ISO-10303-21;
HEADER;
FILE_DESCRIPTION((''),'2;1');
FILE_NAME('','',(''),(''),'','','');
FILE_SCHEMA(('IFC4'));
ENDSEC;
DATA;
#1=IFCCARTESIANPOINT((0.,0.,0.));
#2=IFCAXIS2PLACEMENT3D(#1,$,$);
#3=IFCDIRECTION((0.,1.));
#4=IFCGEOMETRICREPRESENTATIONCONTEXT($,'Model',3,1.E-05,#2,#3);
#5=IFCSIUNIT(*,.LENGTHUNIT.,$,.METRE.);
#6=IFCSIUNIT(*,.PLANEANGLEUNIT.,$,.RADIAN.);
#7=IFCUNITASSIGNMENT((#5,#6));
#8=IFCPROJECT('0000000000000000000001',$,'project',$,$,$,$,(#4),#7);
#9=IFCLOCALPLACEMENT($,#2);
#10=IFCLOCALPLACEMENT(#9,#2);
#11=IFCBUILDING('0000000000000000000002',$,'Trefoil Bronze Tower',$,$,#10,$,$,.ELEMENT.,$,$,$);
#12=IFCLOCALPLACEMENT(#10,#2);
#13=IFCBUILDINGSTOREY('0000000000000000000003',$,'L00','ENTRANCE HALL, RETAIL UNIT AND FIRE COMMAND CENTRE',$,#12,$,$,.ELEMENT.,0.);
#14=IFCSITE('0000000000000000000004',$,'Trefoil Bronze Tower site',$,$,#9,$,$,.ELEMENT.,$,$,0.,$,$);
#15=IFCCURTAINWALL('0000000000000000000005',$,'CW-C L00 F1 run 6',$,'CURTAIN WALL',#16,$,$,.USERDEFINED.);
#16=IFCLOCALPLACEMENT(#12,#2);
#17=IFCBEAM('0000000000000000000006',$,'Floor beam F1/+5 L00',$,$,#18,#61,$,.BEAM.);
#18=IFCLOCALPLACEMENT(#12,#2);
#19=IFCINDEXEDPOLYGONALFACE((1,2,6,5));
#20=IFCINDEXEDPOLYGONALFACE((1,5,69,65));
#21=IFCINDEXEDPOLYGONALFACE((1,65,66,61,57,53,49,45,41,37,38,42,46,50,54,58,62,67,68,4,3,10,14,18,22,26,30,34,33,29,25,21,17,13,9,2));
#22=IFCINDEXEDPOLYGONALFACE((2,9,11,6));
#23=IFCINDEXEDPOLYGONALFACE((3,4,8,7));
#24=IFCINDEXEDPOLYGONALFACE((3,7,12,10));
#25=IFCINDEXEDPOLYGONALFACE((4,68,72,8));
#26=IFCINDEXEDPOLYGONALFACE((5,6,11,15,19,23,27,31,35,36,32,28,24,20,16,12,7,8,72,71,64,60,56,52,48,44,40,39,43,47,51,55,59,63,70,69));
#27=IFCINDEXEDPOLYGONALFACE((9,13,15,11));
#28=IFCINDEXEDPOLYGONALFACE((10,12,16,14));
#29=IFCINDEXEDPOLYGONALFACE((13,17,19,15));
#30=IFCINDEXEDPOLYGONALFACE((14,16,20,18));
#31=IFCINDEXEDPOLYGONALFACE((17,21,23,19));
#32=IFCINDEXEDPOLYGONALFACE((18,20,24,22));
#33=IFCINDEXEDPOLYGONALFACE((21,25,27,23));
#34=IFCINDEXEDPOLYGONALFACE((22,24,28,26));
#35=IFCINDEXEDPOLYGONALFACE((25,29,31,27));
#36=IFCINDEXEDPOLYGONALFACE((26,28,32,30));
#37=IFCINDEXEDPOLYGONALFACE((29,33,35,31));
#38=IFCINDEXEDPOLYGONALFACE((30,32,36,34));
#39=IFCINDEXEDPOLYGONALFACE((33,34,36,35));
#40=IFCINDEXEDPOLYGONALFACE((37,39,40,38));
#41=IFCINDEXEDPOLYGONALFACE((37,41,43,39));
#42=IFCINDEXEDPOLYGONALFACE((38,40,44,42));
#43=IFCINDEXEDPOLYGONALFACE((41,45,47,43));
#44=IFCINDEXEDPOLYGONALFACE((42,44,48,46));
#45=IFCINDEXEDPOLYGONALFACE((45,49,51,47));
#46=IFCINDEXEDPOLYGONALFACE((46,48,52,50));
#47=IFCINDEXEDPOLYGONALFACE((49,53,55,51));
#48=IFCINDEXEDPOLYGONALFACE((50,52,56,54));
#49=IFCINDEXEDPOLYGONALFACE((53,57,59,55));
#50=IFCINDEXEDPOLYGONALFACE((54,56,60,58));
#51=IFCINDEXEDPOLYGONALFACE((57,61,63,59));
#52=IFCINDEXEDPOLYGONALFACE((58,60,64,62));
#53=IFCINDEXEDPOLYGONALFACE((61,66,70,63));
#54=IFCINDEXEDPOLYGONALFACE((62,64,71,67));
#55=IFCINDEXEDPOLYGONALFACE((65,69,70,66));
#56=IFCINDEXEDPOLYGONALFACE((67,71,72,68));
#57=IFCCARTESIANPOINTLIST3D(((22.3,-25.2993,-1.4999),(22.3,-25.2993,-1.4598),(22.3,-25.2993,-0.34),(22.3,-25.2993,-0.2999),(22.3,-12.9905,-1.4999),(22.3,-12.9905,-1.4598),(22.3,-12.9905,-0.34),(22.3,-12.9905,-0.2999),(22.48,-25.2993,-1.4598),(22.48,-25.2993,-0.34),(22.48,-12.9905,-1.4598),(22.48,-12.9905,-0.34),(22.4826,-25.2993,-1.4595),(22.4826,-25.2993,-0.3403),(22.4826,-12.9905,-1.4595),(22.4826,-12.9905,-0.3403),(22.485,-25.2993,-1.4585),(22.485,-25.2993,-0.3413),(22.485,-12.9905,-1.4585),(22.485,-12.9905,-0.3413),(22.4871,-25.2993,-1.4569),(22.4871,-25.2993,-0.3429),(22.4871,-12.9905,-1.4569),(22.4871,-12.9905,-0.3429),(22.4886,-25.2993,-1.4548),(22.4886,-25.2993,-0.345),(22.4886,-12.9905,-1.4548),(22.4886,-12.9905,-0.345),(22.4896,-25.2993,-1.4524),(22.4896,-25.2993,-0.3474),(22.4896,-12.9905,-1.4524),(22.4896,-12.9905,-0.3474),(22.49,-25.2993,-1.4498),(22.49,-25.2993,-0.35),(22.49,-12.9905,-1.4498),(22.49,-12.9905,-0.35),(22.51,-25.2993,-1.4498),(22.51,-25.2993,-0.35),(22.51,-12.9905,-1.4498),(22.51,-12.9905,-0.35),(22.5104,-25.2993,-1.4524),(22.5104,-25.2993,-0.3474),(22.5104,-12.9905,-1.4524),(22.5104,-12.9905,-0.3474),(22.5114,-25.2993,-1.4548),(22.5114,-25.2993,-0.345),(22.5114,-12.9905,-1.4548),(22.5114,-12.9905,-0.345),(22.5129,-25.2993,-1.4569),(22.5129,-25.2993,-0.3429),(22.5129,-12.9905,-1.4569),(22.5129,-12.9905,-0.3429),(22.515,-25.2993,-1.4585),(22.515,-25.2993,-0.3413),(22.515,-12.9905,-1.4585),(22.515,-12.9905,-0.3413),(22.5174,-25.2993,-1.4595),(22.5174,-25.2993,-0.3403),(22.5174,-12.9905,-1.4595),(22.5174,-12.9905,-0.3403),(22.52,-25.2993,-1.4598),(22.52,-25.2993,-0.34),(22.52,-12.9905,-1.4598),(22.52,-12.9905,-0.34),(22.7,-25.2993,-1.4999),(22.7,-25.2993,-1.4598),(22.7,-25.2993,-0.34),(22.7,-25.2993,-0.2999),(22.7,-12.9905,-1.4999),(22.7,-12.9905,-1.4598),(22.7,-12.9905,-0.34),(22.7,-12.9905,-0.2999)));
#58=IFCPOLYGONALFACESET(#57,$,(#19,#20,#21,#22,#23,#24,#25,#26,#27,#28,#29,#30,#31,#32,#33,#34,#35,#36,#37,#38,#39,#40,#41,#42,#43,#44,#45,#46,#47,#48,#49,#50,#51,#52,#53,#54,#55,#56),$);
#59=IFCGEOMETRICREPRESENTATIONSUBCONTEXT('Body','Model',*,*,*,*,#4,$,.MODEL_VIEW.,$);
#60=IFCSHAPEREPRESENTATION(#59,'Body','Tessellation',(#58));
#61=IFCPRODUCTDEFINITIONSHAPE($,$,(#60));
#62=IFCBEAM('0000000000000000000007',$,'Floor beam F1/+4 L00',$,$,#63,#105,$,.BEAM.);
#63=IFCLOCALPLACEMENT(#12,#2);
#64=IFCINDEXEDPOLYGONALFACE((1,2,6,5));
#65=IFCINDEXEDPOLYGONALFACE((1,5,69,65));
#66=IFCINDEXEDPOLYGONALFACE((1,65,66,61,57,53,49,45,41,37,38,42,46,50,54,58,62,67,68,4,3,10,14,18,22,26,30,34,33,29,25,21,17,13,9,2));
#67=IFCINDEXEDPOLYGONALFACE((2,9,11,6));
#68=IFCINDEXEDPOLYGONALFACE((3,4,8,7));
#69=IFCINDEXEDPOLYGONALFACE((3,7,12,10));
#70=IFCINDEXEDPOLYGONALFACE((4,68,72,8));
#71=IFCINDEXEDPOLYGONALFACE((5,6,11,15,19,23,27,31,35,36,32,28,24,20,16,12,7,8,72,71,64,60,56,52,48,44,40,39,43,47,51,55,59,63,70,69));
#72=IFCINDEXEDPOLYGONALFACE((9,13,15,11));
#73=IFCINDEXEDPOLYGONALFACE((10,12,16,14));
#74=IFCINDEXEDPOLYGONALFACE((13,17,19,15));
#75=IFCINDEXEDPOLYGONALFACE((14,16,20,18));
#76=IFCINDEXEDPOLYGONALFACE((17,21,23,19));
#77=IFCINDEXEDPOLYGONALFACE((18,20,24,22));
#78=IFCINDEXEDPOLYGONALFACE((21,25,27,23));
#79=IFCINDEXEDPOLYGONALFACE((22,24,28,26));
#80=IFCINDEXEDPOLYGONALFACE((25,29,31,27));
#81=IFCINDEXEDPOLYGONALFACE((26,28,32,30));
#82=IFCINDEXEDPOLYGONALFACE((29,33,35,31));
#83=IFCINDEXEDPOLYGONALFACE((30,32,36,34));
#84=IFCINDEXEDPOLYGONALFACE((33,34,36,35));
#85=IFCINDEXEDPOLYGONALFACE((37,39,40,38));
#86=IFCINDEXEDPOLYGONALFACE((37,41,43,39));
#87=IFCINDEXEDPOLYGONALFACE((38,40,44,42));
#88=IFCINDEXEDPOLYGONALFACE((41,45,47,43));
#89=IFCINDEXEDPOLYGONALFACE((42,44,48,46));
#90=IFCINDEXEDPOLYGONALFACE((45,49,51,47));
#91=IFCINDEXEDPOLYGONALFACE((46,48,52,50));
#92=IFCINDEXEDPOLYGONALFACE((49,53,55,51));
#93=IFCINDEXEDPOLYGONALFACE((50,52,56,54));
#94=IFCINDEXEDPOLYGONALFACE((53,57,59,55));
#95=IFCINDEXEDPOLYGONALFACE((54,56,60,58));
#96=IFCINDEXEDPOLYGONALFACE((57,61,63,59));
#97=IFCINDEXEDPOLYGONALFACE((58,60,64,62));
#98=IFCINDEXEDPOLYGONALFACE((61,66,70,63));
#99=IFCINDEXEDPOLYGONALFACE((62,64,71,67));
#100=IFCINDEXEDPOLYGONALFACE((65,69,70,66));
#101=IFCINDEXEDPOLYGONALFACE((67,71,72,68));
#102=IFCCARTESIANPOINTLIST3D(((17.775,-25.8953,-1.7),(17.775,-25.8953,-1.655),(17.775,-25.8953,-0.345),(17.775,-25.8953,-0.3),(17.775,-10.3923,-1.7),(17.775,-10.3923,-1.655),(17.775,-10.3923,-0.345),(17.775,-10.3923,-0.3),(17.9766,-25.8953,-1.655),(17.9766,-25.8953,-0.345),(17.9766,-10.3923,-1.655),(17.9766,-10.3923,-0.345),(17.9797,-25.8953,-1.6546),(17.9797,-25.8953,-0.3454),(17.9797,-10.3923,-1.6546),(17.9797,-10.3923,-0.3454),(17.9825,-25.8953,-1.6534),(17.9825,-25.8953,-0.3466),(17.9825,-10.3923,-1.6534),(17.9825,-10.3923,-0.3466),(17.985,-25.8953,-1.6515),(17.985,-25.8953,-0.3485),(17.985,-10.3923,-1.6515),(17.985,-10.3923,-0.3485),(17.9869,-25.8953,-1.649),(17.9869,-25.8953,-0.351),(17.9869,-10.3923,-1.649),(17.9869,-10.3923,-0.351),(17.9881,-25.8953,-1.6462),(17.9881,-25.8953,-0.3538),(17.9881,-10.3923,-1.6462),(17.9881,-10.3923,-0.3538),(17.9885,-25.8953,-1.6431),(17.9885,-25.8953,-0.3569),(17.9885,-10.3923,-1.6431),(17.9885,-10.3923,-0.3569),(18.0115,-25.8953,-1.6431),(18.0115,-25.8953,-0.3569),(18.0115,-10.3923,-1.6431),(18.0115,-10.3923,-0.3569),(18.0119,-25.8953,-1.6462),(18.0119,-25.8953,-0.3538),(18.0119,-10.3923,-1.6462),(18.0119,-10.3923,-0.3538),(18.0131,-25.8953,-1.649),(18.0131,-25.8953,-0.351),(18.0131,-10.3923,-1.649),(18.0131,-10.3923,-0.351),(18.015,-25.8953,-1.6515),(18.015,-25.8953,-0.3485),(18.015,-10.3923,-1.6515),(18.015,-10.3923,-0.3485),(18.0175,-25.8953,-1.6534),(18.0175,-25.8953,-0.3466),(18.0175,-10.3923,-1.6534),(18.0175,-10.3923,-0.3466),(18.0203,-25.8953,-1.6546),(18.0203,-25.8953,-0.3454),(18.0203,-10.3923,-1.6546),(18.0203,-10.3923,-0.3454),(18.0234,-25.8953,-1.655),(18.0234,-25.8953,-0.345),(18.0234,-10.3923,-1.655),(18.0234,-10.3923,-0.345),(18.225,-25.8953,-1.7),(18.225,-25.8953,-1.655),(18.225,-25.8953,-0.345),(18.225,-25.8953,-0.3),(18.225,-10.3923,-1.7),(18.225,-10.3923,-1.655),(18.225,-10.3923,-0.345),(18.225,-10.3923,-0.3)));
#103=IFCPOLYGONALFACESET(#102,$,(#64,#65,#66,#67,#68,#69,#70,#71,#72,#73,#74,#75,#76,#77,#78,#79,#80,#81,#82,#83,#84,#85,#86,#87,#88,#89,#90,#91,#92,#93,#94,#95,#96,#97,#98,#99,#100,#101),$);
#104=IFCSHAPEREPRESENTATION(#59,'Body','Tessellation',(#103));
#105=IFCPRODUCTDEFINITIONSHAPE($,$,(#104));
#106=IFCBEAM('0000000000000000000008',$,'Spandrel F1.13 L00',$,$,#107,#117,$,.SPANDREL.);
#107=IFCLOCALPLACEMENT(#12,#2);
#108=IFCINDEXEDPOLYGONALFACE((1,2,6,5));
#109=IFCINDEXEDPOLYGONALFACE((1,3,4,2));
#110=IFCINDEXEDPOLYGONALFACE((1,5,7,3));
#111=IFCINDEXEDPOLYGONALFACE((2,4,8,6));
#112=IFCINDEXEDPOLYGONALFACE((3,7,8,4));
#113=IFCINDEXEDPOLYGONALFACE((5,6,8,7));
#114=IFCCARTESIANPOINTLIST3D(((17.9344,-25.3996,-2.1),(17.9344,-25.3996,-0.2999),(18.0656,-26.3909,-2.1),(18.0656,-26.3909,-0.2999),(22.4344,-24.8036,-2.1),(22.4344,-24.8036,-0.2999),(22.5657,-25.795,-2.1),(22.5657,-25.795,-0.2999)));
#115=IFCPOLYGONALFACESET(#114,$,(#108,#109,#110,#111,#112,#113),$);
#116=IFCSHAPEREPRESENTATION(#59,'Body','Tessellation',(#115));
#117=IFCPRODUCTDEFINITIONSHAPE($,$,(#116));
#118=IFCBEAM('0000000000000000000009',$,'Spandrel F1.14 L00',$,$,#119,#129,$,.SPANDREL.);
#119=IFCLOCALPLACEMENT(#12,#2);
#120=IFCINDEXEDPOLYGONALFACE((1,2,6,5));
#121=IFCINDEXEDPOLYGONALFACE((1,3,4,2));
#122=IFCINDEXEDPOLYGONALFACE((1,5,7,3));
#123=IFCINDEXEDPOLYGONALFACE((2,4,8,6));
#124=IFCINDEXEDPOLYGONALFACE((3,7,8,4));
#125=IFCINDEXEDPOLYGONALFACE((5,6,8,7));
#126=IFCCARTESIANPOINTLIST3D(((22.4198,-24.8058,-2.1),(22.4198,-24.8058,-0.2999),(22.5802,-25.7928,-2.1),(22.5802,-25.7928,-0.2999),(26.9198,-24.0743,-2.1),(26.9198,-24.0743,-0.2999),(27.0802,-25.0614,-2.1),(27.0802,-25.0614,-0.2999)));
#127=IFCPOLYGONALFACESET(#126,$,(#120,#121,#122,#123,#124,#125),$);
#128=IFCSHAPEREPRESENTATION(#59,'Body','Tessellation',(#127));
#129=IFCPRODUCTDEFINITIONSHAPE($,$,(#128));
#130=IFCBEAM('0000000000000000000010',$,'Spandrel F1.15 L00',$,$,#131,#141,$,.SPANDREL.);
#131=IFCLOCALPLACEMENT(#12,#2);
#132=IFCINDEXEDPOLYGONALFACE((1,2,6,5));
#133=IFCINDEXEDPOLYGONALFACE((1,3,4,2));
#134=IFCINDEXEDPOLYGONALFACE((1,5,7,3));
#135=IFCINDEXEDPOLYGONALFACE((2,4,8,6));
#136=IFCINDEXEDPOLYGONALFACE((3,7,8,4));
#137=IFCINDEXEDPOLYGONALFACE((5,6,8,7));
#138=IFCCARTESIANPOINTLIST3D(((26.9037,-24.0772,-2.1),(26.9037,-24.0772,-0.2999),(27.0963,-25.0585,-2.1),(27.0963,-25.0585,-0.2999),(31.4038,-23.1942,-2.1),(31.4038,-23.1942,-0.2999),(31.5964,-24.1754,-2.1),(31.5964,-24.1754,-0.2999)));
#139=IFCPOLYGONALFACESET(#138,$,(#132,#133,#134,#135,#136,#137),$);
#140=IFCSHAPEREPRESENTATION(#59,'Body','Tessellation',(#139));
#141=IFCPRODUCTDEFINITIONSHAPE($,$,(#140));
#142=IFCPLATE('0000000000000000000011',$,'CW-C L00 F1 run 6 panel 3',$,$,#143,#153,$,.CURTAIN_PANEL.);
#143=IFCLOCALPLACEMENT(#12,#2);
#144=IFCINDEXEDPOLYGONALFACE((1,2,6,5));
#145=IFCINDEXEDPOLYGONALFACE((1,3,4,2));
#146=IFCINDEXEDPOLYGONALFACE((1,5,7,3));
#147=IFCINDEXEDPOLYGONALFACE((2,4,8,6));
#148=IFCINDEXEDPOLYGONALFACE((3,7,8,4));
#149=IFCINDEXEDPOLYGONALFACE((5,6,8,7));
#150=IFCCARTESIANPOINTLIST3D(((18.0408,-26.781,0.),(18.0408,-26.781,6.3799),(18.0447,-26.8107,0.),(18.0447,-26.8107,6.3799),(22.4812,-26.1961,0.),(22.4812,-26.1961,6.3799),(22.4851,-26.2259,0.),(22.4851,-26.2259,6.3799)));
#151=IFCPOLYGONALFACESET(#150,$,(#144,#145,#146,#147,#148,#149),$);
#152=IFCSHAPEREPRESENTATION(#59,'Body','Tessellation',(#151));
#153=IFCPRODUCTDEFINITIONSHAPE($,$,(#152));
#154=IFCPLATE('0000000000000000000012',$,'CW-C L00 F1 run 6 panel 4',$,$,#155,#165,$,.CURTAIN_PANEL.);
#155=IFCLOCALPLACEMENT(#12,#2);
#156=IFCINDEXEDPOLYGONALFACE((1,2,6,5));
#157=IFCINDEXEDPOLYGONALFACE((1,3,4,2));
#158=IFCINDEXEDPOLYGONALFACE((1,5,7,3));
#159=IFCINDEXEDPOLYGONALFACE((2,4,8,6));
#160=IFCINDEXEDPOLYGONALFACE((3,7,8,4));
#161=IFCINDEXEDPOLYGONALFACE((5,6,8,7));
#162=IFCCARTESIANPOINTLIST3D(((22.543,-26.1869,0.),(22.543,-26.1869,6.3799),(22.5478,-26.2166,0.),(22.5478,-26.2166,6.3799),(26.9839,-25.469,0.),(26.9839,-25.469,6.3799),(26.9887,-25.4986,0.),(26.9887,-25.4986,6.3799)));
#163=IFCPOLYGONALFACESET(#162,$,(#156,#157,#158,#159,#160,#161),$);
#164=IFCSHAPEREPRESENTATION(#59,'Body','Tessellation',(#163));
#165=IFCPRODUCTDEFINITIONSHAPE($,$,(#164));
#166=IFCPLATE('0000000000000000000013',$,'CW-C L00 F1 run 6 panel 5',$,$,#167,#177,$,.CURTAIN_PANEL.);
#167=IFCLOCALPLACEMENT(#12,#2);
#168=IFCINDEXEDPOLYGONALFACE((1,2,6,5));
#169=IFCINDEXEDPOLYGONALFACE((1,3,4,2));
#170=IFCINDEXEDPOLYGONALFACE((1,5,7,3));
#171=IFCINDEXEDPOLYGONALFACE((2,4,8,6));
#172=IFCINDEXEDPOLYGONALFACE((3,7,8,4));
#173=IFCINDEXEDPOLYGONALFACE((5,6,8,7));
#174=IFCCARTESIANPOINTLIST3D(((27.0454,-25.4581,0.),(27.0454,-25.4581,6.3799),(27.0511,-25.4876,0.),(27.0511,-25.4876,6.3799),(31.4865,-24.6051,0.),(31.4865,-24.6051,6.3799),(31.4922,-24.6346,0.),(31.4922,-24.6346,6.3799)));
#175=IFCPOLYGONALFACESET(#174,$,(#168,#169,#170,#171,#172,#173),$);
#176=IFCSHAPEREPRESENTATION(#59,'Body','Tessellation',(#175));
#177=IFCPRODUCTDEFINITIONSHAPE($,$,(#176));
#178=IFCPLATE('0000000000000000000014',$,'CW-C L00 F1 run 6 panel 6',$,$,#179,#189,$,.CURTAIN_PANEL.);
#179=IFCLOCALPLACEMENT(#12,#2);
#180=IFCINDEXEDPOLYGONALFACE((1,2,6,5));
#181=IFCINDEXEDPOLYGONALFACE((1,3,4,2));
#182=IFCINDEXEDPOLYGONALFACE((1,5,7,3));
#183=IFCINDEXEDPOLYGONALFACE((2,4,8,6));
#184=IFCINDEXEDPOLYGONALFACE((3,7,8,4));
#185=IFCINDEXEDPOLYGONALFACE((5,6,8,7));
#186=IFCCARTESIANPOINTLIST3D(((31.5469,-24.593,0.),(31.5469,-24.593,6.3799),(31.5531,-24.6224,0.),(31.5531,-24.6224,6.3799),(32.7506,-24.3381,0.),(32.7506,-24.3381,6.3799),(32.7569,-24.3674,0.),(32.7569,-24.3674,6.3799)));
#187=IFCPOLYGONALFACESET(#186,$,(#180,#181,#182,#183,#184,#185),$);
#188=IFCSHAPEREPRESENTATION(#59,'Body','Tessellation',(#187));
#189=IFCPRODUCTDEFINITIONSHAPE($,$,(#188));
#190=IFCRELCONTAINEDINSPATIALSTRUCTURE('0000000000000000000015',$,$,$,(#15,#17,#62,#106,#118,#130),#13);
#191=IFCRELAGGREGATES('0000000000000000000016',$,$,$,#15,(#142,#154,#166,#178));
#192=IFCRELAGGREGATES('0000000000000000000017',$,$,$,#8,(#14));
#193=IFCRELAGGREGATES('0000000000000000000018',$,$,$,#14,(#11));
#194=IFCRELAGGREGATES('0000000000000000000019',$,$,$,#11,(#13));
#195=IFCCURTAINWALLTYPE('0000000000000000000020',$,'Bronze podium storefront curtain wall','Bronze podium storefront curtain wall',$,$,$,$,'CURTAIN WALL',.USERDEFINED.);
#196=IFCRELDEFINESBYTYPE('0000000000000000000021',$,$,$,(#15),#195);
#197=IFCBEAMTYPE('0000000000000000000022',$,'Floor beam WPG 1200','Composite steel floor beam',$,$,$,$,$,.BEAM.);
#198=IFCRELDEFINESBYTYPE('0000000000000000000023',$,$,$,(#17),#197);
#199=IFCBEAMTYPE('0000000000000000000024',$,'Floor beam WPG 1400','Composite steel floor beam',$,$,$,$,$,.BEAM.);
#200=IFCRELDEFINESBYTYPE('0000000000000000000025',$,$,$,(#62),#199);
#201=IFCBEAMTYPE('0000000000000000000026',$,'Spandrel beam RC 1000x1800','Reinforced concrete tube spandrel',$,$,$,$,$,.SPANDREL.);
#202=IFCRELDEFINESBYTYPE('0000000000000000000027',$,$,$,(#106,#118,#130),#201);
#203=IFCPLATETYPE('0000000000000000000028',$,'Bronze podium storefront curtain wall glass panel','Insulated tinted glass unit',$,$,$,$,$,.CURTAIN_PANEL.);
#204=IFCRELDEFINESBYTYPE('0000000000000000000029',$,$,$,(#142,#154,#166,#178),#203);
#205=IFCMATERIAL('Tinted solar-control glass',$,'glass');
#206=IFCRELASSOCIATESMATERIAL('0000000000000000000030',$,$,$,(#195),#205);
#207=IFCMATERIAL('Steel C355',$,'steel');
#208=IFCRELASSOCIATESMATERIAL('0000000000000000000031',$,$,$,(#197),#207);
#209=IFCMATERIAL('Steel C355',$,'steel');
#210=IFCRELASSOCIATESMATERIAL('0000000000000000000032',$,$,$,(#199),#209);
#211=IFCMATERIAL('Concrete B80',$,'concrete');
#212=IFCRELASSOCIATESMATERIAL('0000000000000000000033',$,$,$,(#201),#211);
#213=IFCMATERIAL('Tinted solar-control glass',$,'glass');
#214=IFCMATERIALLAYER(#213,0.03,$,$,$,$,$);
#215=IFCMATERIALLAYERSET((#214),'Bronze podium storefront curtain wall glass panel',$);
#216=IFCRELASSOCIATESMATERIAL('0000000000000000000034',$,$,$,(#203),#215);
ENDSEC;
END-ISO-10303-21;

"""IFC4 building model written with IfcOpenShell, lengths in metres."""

from ifc_helpers import new_model, si_unit, direction, frame, origin, origin_2d, place, context, subcontext, project, spatial, rectangle, i_section, extrude, material, layer, layer_set, material_profile, profile_set, type_object, element, aggregate, save


model = new_model("IFC4")

# Units and contexts
model_context = context("Model", 3, precision=1e-05, world=origin(), true_north=direction((0.0, 1.0)))
body_context = subcontext(model_context, "Body", "Model", "MODEL_VIEW")
ifc_project = project(units=[si_unit("LENGTHUNIT", "METRE"), si_unit("PLANEANGLEUNIT", "RADIAN")], contexts=[model_context])

# Site, building, storey
site_placement = place(None, origin())
site = spatial("IfcSite", under=ifc_project, at=site_placement, Name="Trefoil Bronze Tower site", CompositionType="ELEMENT", RefElevation=0.0)
building_placement = place(site_placement, origin())
building = spatial("IfcBuilding", under=site, at=building_placement, Name="Trefoil Bronze Tower", CompositionType="ELEMENT")
storey_placement = place(building_placement, origin())
storey = spatial("IfcBuildingStorey", under=building, at=storey_placement, Name="L00", Description="ENTRANCE HALL, RETAIL UNIT AND FIRE COMMAND CENTRE", CompositionType="ELEMENT", Elevation=0.0)

# Curtain wall
ifc_material_1 = material(Name="Tinted solar-control glass", Category="glass")
curtain_wall_type_1 = type_object("IfcCurtainWallType", Name="Bronze podium storefront curtain wall", Description="Bronze podium storefront curtain wall", ElementType="CURTAIN WALL", PredefinedType="USERDEFINED", material=ifc_material_1)
curtain_wall_1_placement = place(storey_placement, origin())
curtain_wall_1 = element("IfcCurtainWall", 1, at=curtain_wall_1_placement, inside=storey, type_object=curtain_wall_type_1, Name="CW-C L00 F1 run 6", ObjectType="CURTAIN WALL", PredefinedType="USERDEFINED")

# Beams
ifc_material_2 = material(Name="Steel C355", Category="steel")
ifc_material_profile_1 = material_profile(ifc_material_2, i_section(OverallWidth=0.3999, OverallDepth=1.2, WebThickness=0.02, FlangeThickness=0.04, FilletRadius=0.01, at=origin_2d()), Name="WPG 1200")
ifc_profile_set_1 = profile_set([ifc_material_profile_1], Name="Steel C355")
beam_type_1 = type_object("IfcBeamType", Name="Floor beam WPG 1200", Description="Composite steel floor beam", PredefinedType="BEAM", material=ifc_profile_set_1)
beam_1_placement = place(storey_placement, frame((22.5, -25.2993, -0.8999), z_axis=(0.0, 1.0, 0.0), x_axis=(-1.0, 0.0, 0.0)))
element("IfcBeam", 2, at=beam_1_placement, inside=storey, type_object=beam_type_1, Name="Floor beam F1/+5 L00", PredefinedType="BEAM", context=body_context, shape_type="SweptSolid", body=[
    extrude(i_section(OverallWidth=0.3999, OverallDepth=1.2, WebThickness=0.02, FlangeThickness=0.04, FilletRadius=0.01, at=origin_2d()), origin(), (0.0, 0.0, 1.0), 12.3088),
])
ifc_material_3 = material(Name="Steel C355", Category="steel")
ifc_material_profile_2 = material_profile(ifc_material_3, i_section(OverallWidth=0.45, OverallDepth=1.3999, WebThickness=0.0229, FlangeThickness=0.0449, FilletRadius=0.012, at=origin_2d()), Name="WPG 1400")
ifc_profile_set_2 = profile_set([ifc_material_profile_2], Name="Steel C355")
beam_type_2 = type_object("IfcBeamType", Name="Floor beam WPG 1400", Description="Composite steel floor beam", PredefinedType="BEAM", material=ifc_profile_set_2)
beam_2_placement = place(storey_placement, frame((18.0, -25.8953, -1.0), z_axis=(0.0, 1.0, 0.0), x_axis=(-1.0, 0.0, 0.0)))
element("IfcBeam", 3, at=beam_2_placement, inside=storey, type_object=beam_type_2, Name="Floor beam F1/+4 L00", PredefinedType="BEAM", context=body_context, shape_type="SweptSolid", body=[
    extrude(i_section(OverallWidth=0.45, OverallDepth=1.3999, WebThickness=0.0229, FlangeThickness=0.0449, FilletRadius=0.012, at=origin_2d()), origin(), (0.0, 0.0, 1.0), 15.5029),
])
ifc_material_4 = material(Name="Concrete B80", Category="concrete")
ifc_material_profile_3 = material_profile(ifc_material_4, rectangle(XDim=1.0, YDim=1.8, at=origin_2d()), Name="RC 1000x1800")
ifc_profile_set_3 = profile_set([ifc_material_profile_3], Name="Concrete B80")
beam_type_3 = type_object("IfcBeamType", Name="Spandrel beam RC 1000x1800", Description="Reinforced concrete tube spandrel", PredefinedType="SPANDREL", material=ifc_profile_set_3)
beam_3_placement = place(storey_placement, frame((18.0, -25.8953, -1.2), z_axis=(0.991344, 0.131286, 0.0), x_axis=(-0.131286, 0.991344, 0.0)))
element("IfcBeam", 4, at=beam_3_placement, inside=storey, type_object=beam_type_3, Name="Spandrel F1.13 L00", PredefinedType="SPANDREL", context=body_context, shape_type="SweptSolid", body=[
    extrude(rectangle(XDim=1.0, YDim=1.8, at=origin_2d()), origin(), (0.0, 0.0, 1.0), 4.5393),
])
beam_4_placement = place(storey_placement, frame((22.5, -25.2993, -1.2), z_axis=(0.987046, 0.160438, 0.0), x_axis=(-0.160438, 0.987046, 0.0)))
element("IfcBeam", 5, at=beam_4_placement, inside=storey, type_object=beam_type_3, Name="Spandrel F1.14 L00", PredefinedType="SPANDREL", context=body_context, shape_type="SweptSolid", body=[
    extrude(rectangle(XDim=1.0, YDim=1.8, at=origin_2d()), origin(), (0.0, 0.0, 1.0), 4.5591),
])
beam_5_placement = place(storey_placement, frame((27.0, -24.5679, -1.2), z_axis=(0.981285, 0.192562, 0.0), x_axis=(-0.192562, 0.981285, 0.0)))
element("IfcBeam", 6, at=beam_5_placement, inside=storey, type_object=beam_type_3, Name="Spandrel F1.15 L00", PredefinedType="SPANDREL", context=body_context, shape_type="SweptSolid", body=[
    extrude(rectangle(XDim=1.0, YDim=1.8, at=origin_2d()), origin(), (0.0, 0.0, 1.0), 4.5859),
])

# Plates
ifc_material_5 = material(Name="Tinted solar-control glass", Category="glass")
ifc_layer_1 = layer(ifc_material_5, 0.03)
ifc_layer_set_1 = layer_set([ifc_layer_1], Name="Bronze podium storefront curtain wall glass panel")
plate_type_1 = type_object("IfcPlateType", Name="Bronze podium storefront curtain wall glass panel", Description="Insulated tinted glass unit", PredefinedType="CURTAIN_PANEL", material=ifc_layer_set_1)
plate_1_placement = place(storey_placement, frame((20.2629, -26.5034, 0.0), z_axis=(0.0, 0.0, 1.0), x_axis=(0.991437, 0.130584, 0.0)))
plate_1 = element("IfcPlate", 7, at=plate_1_placement, type_object=plate_type_1, Name="CW-C L00 F1 run 6 panel 3", PredefinedType="CURTAIN_PANEL", context=body_context, shape_type="SweptSolid", body=[
    extrude(rectangle(XDim=4.4788, YDim=0.03, at=origin_2d()), origin(), (0.0, 0.0, 1.0), 6.3799),
])
plate_2_placement = place(storey_placement, frame((24.7659, -25.8428, 0.0), z_axis=(0.0, 0.0, 1.0), x_axis=(0.987181, 0.159603, 0.0)))
plate_2 = element("IfcPlate", 8, at=plate_2_placement, type_object=plate_type_1, Name="CW-C L00 F1 run 6 panel 4", PredefinedType="CURTAIN_PANEL", context=body_context, shape_type="SweptSolid", body=[
    extrude(rectangle(XDim=4.4985, YDim=0.03, at=origin_2d()), origin(), (0.0, 0.0, 1.0), 6.3799),
])
plate_3_placement = place(storey_placement, frame((29.2688, -25.0464, 0.0), z_axis=(0.0, 0.0, 1.0), x_axis=(0.98205, 0.188622, 0.0)))
plate_3 = element("IfcPlate", 9, at=plate_3_placement, type_object=plate_type_1, Name="CW-C L00 F1 run 6 panel 5", PredefinedType="CURTAIN_PANEL", context=body_context, shape_type="SweptSolid", body=[
    extrude(rectangle(XDim=4.5222, YDim=0.03, at=origin_2d()), origin(), (0.0, 0.0, 1.0), 6.3799),
])
plate_4_placement = place(storey_placement, frame((32.1519, -24.4802, 0.0), z_axis=(0.0, 0.0, 1.0), x_axis=(0.978303, 0.207181, 0.0)))
plate_4 = element("IfcPlate", 10, at=plate_4_placement, type_object=plate_type_1, Name="CW-C L00 F1 run 6 panel 6", PredefinedType="CURTAIN_PANEL", context=body_context, shape_type="SweptSolid", body=[
    extrude(rectangle(XDim=1.2305, YDim=0.03, at=origin_2d()), origin(), (0.0, 0.0, 1.0), 6.3799),
])
aggregate(curtain_wall_1, [plate_1, plate_2, plate_3, plate_4])

save(model, "model.ifc")
